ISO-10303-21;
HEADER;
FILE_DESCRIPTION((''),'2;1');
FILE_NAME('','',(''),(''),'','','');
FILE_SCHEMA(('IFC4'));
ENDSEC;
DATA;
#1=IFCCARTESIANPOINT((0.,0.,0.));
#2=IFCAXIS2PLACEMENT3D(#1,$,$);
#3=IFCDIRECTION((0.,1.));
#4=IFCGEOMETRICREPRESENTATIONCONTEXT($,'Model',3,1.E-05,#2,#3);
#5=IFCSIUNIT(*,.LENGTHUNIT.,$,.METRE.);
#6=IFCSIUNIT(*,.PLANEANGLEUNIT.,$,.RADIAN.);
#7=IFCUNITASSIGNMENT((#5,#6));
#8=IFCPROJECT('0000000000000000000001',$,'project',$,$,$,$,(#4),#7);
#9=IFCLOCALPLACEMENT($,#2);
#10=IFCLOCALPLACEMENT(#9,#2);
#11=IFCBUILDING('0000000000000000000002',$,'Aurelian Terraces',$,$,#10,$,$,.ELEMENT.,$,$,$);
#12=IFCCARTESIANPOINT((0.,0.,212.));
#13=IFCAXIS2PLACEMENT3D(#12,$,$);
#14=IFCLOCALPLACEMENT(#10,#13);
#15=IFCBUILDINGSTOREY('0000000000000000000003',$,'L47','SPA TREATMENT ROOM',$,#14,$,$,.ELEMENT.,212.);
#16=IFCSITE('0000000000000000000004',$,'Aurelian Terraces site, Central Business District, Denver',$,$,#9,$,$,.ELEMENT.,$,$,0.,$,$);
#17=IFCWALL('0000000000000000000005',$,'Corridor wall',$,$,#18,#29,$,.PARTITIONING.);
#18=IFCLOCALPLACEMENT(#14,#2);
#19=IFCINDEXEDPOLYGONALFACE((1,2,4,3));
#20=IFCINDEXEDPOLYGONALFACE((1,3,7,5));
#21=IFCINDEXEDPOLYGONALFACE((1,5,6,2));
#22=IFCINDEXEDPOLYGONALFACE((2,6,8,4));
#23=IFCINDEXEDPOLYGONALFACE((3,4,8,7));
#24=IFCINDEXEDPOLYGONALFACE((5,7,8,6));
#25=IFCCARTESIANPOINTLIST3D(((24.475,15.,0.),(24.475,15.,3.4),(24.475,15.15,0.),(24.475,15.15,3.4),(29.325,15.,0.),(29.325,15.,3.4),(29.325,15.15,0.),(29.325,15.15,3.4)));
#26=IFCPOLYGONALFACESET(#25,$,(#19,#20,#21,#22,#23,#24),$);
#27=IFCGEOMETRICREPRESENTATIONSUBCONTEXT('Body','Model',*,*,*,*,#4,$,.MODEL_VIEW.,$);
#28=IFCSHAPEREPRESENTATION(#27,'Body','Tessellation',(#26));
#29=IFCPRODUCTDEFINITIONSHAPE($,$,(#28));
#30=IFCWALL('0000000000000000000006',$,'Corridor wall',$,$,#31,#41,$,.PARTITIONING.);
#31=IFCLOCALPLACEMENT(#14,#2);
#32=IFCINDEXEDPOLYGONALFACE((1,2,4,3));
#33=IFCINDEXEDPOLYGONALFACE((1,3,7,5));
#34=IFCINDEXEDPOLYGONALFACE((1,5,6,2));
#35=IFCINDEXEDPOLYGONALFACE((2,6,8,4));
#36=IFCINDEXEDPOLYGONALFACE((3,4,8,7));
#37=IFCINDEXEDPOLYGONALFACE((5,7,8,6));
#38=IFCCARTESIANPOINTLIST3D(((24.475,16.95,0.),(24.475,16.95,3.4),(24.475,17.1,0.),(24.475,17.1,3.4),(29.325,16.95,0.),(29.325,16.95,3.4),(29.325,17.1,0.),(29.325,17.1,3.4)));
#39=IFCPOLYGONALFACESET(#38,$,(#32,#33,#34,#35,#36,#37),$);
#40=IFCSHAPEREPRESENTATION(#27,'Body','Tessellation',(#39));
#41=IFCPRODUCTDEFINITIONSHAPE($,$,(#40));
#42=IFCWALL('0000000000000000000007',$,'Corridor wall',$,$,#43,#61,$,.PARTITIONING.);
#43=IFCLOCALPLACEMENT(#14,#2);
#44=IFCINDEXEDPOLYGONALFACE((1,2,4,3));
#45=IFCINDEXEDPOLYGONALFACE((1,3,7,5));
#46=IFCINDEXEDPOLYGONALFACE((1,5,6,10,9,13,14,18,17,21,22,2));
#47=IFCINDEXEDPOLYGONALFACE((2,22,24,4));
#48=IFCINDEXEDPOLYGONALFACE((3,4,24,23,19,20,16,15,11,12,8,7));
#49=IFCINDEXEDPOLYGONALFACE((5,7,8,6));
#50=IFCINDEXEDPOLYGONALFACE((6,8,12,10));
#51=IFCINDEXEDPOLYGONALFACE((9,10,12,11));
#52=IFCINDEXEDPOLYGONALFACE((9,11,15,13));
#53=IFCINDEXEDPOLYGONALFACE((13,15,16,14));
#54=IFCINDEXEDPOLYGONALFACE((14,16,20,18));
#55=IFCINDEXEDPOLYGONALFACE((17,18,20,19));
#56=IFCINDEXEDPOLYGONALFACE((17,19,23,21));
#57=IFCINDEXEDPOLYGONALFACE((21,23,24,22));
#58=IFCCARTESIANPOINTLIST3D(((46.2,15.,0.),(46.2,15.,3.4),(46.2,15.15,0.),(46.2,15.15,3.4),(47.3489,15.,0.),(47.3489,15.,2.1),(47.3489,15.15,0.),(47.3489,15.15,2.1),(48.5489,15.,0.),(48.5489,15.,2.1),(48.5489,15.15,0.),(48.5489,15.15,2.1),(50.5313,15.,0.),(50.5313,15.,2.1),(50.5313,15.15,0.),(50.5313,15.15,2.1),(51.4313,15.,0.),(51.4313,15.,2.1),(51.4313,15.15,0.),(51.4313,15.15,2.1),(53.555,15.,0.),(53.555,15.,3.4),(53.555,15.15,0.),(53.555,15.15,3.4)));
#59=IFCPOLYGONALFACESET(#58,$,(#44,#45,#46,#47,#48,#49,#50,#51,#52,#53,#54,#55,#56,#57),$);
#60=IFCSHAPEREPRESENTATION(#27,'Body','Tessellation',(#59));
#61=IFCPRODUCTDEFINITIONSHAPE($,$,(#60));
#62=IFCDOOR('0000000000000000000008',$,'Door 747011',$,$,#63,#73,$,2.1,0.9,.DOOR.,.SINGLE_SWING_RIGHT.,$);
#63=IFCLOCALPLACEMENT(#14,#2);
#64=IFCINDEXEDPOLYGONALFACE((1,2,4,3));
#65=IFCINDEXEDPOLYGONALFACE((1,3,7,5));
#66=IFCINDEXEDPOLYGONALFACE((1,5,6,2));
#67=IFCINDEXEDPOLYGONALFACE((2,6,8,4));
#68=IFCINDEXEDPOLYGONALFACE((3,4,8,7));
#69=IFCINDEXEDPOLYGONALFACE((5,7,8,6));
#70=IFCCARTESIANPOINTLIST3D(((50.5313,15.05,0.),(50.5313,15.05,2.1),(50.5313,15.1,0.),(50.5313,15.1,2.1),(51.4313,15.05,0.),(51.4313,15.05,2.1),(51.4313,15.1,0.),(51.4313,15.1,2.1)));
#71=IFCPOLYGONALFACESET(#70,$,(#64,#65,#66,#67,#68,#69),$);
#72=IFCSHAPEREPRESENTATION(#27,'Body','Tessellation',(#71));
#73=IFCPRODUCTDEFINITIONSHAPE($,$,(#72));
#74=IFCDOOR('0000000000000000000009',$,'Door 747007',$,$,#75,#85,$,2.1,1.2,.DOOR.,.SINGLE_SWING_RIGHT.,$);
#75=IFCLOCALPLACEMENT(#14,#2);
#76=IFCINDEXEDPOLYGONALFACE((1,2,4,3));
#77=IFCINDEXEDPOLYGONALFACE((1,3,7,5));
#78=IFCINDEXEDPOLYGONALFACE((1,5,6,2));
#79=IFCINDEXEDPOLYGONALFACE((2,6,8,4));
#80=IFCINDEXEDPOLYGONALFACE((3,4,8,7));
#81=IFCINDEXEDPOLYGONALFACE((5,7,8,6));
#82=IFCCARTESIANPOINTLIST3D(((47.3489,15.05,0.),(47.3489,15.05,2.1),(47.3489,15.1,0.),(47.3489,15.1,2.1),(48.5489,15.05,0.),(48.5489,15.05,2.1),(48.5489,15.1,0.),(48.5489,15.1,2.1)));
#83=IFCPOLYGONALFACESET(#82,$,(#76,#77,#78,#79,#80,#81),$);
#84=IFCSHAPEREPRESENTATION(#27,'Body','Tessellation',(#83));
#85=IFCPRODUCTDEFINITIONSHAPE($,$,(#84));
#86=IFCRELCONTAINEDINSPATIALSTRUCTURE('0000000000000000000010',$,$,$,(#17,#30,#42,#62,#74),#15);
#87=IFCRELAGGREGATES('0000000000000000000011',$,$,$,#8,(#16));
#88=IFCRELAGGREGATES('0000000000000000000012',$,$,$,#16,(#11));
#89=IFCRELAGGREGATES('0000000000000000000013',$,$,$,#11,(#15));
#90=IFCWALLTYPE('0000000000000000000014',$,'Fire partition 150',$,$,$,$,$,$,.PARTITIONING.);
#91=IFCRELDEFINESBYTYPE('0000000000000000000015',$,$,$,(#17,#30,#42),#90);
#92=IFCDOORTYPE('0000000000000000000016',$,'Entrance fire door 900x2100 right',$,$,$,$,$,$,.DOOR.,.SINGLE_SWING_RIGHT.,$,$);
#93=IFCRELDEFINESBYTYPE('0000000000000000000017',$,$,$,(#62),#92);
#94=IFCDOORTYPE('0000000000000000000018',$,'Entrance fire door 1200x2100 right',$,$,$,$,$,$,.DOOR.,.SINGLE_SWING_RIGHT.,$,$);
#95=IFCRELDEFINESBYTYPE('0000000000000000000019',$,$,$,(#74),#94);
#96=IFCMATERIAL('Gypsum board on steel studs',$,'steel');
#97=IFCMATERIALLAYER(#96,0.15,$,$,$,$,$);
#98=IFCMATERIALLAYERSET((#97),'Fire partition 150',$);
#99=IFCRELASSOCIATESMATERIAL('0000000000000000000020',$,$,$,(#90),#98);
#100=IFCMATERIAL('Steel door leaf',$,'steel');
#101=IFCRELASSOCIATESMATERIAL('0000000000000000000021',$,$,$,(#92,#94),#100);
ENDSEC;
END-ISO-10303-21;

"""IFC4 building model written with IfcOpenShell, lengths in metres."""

from ifc_helpers import new_model, si_unit, direction, frame, frame_2d, origin, place, context, subcontext, project, spatial, rectangle, extrude, source, transform, mapped, material, layer, layer_set, type_object, element, fill, save


model = new_model("IFC4")

# Units and contexts
model_context = context("Model", 3, precision=1e-05, world=origin(), true_north=direction((0.0, 1.0)))
body_context = subcontext(model_context, "Body", "Model", "MODEL_VIEW")
ifc_project = project(units=[si_unit("LENGTHUNIT", "METRE"), si_unit("PLANEANGLEUNIT", "RADIAN")], contexts=[model_context])

# Site, building, storey
site_placement = place(None, origin())
site = spatial("IfcSite", under=ifc_project, at=site_placement, Name="Aurelian Terraces site, Central Business District, Denver", CompositionType="ELEMENT", RefElevation=0.0)
building_placement = place(site_placement, origin())
building = spatial("IfcBuilding", under=site, at=building_placement, Name="Aurelian Terraces", CompositionType="ELEMENT")
storey_placement = place(building_placement, frame((0.0, 0.0, 212.0)))
storey = spatial("IfcBuildingStorey", under=building, at=storey_placement, Name="L47", Description="SPA TREATMENT ROOM", CompositionType="ELEMENT", Elevation=212.0)

# Shared definitions
ifc_material_1 = material(Name="Gypsum board on steel studs", Category="steel")
ifc_layer_1 = layer(ifc_material_1, 0.15)
ifc_layer_set_1 = layer_set([ifc_layer_1], Name="Fire partition 150")
wall_type_1 = type_object("IfcWallType", Name="Fire partition 150", PredefinedType="PARTITIONING", material=ifc_layer_set_1)
shared_shape_1 = source(origin(), body_context, "Body", "SweptSolid", [
    extrude(rectangle(XDim=0.9, YDim=2.1, at=frame_2d((0.45, 1.05))), frame((0.0, 0.085, 0.0), z_axis=(0.0, -1.0, 0.0), x_axis=(1.0, 0.0, 0.0)), (0.0, 0.0, 1.0), 0.17),
])
ifc_material_2 = material(Name="Steel door leaf", Category="steel")
door_type_1 = type_object("IfcDoorType", Name="Entrance fire door 900x2100 right", OperationType="SINGLE_SWING_RIGHT", PredefinedType="DOOR", material=ifc_material_2)
shared_shape_2 = source(origin(), body_context, "Body", "SweptSolid", [
    extrude(rectangle(XDim=0.9, YDim=2.1, at=frame_2d((0.45, 1.05))), frame((0.0, 0.025, 0.0), z_axis=(0.0, -1.0, 0.0), x_axis=(1.0, 0.0, 0.0)), (0.0, 0.0, 1.0), 0.05),
])

# Walls
shared_shape_3 = source(origin(), body_context, "Body", "SweptSolid", [
    extrude(rectangle(XDim=4.85, YDim=0.15, at=frame_2d((2.425, 0.0))), origin(), (0.0, 0.0, 1.0), 3.4),
])
for number, where, z_axis, x_axis, name in (
    (1, (29.325, 15.075, 0.0), (0.0, 0.0, 1.0), (-1.0, 0.0, 0.0), "Corridor wall"),
    (2, (24.475, 17.025, 0.0), (0.0, 0.0, 1.0), (1.0, 0.0, 0.0), "Corridor wall"),
):
    element("IfcWall", number, at=place(storey_placement, frame(where, z_axis=z_axis, x_axis=x_axis)), inside=storey, type_object=wall_type_1, Name=name, PredefinedType="PARTITIONING", context=body_context, shape_type="MappedRepresentation", body=[
        mapped(shared_shape_3, transform((0.0, 0.0, 0.0), scale=1.0)),
    ])

# Wall, openings, doors
shared_shape_4 = source(origin(), body_context, "Body", "SweptSolid", [
    extrude(rectangle(XDim=7.355, YDim=0.15, at=frame_2d((3.6775, 0.0))), origin(), (0.0, 0.0, 1.0), 3.4),
])
wall_1_placement = place(storey_placement, frame((53.555, 15.075, 0.0), z_axis=(0.0, 0.0, 1.0), x_axis=(-1.0, 0.0, 0.0)))
wall_1 = element("IfcWall", 3, at=wall_1_placement, inside=storey, type_object=wall_type_1, Name="Corridor wall", PredefinedType="PARTITIONING", context=body_context, shape_type="MappedRepresentation", body=[
    mapped(shared_shape_4, transform((0.0, 0.0, 0.0), scale=1.0)),
])
shared_shape_5 = source(origin(), body_context, "Body", "SweptSolid", [
    extrude(rectangle(XDim=1.2, YDim=2.1, at=frame_2d((0.6, 1.05))), frame((0.0, 0.085, 0.0), z_axis=(0.0, -1.0, 0.0), x_axis=(1.0, 0.0, 0.0)), (0.0, 0.0, 1.0), 0.17),
])
opening_1_placement = place(wall_1_placement, frame((5.0061, 0.0, 0.0)))
opening_1 = element("IfcOpeningElement", 4, at=opening_1_placement, cuts=wall_1, PredefinedType="OPENING", context=body_context, shape_type="MappedRepresentation", body=[
    mapped(shared_shape_5, transform((0.0, 0.0, 0.0), scale=1.0)),
])
opening_2_placement = place(wall_1_placement, frame((2.1237, 0.0, 0.0)))
opening_2 = element("IfcOpeningElement", 5, at=opening_2_placement, cuts=wall_1, PredefinedType="OPENING", context=body_context, shape_type="MappedRepresentation", body=[
    mapped(shared_shape_1, transform((0.0, 0.0, 0.0), scale=1.0)),
])
door_1_placement = place(opening_2_placement, origin())
door_1 = element("IfcDoor", 6, at=door_1_placement, inside=storey, type_object=door_type_1, Name="Door 747011", OperationType="SINGLE_SWING_RIGHT", OverallHeight=2.1, OverallWidth=0.9, PredefinedType="DOOR", context=body_context, shape_type="MappedRepresentation", body=[
    mapped(shared_shape_2, transform((0.0, 0.0, 0.0), scale=1.0)),
])
fill(opening_2, door_1)
door_type_2 = type_object("IfcDoorType", Name="Entrance fire door 1200x2100 right", OperationType="SINGLE_SWING_RIGHT", PredefinedType="DOOR", material=ifc_material_2)
shared_shape_6 = source(origin(), body_context, "Body", "SweptSolid", [
    extrude(rectangle(XDim=1.2, YDim=2.1, at=frame_2d((0.6, 1.05))), frame((0.0, 0.025, 0.0), z_axis=(0.0, -1.0, 0.0), x_axis=(1.0, 0.0, 0.0)), (0.0, 0.0, 1.0), 0.05),
])
door_2_placement = place(opening_1_placement, origin())
door_2 = element("IfcDoor", 7, at=door_2_placement, inside=storey, type_object=door_type_2, Name="Door 747007", OperationType="SINGLE_SWING_RIGHT", OverallHeight=2.1, OverallWidth=1.2, PredefinedType="DOOR", context=body_context, shape_type="MappedRepresentation", body=[
    mapped(shared_shape_6, transform((0.0, 0.0, 0.0), scale=1.0)),
])
fill(opening_1, door_2)

save(model, "model.ifc")
